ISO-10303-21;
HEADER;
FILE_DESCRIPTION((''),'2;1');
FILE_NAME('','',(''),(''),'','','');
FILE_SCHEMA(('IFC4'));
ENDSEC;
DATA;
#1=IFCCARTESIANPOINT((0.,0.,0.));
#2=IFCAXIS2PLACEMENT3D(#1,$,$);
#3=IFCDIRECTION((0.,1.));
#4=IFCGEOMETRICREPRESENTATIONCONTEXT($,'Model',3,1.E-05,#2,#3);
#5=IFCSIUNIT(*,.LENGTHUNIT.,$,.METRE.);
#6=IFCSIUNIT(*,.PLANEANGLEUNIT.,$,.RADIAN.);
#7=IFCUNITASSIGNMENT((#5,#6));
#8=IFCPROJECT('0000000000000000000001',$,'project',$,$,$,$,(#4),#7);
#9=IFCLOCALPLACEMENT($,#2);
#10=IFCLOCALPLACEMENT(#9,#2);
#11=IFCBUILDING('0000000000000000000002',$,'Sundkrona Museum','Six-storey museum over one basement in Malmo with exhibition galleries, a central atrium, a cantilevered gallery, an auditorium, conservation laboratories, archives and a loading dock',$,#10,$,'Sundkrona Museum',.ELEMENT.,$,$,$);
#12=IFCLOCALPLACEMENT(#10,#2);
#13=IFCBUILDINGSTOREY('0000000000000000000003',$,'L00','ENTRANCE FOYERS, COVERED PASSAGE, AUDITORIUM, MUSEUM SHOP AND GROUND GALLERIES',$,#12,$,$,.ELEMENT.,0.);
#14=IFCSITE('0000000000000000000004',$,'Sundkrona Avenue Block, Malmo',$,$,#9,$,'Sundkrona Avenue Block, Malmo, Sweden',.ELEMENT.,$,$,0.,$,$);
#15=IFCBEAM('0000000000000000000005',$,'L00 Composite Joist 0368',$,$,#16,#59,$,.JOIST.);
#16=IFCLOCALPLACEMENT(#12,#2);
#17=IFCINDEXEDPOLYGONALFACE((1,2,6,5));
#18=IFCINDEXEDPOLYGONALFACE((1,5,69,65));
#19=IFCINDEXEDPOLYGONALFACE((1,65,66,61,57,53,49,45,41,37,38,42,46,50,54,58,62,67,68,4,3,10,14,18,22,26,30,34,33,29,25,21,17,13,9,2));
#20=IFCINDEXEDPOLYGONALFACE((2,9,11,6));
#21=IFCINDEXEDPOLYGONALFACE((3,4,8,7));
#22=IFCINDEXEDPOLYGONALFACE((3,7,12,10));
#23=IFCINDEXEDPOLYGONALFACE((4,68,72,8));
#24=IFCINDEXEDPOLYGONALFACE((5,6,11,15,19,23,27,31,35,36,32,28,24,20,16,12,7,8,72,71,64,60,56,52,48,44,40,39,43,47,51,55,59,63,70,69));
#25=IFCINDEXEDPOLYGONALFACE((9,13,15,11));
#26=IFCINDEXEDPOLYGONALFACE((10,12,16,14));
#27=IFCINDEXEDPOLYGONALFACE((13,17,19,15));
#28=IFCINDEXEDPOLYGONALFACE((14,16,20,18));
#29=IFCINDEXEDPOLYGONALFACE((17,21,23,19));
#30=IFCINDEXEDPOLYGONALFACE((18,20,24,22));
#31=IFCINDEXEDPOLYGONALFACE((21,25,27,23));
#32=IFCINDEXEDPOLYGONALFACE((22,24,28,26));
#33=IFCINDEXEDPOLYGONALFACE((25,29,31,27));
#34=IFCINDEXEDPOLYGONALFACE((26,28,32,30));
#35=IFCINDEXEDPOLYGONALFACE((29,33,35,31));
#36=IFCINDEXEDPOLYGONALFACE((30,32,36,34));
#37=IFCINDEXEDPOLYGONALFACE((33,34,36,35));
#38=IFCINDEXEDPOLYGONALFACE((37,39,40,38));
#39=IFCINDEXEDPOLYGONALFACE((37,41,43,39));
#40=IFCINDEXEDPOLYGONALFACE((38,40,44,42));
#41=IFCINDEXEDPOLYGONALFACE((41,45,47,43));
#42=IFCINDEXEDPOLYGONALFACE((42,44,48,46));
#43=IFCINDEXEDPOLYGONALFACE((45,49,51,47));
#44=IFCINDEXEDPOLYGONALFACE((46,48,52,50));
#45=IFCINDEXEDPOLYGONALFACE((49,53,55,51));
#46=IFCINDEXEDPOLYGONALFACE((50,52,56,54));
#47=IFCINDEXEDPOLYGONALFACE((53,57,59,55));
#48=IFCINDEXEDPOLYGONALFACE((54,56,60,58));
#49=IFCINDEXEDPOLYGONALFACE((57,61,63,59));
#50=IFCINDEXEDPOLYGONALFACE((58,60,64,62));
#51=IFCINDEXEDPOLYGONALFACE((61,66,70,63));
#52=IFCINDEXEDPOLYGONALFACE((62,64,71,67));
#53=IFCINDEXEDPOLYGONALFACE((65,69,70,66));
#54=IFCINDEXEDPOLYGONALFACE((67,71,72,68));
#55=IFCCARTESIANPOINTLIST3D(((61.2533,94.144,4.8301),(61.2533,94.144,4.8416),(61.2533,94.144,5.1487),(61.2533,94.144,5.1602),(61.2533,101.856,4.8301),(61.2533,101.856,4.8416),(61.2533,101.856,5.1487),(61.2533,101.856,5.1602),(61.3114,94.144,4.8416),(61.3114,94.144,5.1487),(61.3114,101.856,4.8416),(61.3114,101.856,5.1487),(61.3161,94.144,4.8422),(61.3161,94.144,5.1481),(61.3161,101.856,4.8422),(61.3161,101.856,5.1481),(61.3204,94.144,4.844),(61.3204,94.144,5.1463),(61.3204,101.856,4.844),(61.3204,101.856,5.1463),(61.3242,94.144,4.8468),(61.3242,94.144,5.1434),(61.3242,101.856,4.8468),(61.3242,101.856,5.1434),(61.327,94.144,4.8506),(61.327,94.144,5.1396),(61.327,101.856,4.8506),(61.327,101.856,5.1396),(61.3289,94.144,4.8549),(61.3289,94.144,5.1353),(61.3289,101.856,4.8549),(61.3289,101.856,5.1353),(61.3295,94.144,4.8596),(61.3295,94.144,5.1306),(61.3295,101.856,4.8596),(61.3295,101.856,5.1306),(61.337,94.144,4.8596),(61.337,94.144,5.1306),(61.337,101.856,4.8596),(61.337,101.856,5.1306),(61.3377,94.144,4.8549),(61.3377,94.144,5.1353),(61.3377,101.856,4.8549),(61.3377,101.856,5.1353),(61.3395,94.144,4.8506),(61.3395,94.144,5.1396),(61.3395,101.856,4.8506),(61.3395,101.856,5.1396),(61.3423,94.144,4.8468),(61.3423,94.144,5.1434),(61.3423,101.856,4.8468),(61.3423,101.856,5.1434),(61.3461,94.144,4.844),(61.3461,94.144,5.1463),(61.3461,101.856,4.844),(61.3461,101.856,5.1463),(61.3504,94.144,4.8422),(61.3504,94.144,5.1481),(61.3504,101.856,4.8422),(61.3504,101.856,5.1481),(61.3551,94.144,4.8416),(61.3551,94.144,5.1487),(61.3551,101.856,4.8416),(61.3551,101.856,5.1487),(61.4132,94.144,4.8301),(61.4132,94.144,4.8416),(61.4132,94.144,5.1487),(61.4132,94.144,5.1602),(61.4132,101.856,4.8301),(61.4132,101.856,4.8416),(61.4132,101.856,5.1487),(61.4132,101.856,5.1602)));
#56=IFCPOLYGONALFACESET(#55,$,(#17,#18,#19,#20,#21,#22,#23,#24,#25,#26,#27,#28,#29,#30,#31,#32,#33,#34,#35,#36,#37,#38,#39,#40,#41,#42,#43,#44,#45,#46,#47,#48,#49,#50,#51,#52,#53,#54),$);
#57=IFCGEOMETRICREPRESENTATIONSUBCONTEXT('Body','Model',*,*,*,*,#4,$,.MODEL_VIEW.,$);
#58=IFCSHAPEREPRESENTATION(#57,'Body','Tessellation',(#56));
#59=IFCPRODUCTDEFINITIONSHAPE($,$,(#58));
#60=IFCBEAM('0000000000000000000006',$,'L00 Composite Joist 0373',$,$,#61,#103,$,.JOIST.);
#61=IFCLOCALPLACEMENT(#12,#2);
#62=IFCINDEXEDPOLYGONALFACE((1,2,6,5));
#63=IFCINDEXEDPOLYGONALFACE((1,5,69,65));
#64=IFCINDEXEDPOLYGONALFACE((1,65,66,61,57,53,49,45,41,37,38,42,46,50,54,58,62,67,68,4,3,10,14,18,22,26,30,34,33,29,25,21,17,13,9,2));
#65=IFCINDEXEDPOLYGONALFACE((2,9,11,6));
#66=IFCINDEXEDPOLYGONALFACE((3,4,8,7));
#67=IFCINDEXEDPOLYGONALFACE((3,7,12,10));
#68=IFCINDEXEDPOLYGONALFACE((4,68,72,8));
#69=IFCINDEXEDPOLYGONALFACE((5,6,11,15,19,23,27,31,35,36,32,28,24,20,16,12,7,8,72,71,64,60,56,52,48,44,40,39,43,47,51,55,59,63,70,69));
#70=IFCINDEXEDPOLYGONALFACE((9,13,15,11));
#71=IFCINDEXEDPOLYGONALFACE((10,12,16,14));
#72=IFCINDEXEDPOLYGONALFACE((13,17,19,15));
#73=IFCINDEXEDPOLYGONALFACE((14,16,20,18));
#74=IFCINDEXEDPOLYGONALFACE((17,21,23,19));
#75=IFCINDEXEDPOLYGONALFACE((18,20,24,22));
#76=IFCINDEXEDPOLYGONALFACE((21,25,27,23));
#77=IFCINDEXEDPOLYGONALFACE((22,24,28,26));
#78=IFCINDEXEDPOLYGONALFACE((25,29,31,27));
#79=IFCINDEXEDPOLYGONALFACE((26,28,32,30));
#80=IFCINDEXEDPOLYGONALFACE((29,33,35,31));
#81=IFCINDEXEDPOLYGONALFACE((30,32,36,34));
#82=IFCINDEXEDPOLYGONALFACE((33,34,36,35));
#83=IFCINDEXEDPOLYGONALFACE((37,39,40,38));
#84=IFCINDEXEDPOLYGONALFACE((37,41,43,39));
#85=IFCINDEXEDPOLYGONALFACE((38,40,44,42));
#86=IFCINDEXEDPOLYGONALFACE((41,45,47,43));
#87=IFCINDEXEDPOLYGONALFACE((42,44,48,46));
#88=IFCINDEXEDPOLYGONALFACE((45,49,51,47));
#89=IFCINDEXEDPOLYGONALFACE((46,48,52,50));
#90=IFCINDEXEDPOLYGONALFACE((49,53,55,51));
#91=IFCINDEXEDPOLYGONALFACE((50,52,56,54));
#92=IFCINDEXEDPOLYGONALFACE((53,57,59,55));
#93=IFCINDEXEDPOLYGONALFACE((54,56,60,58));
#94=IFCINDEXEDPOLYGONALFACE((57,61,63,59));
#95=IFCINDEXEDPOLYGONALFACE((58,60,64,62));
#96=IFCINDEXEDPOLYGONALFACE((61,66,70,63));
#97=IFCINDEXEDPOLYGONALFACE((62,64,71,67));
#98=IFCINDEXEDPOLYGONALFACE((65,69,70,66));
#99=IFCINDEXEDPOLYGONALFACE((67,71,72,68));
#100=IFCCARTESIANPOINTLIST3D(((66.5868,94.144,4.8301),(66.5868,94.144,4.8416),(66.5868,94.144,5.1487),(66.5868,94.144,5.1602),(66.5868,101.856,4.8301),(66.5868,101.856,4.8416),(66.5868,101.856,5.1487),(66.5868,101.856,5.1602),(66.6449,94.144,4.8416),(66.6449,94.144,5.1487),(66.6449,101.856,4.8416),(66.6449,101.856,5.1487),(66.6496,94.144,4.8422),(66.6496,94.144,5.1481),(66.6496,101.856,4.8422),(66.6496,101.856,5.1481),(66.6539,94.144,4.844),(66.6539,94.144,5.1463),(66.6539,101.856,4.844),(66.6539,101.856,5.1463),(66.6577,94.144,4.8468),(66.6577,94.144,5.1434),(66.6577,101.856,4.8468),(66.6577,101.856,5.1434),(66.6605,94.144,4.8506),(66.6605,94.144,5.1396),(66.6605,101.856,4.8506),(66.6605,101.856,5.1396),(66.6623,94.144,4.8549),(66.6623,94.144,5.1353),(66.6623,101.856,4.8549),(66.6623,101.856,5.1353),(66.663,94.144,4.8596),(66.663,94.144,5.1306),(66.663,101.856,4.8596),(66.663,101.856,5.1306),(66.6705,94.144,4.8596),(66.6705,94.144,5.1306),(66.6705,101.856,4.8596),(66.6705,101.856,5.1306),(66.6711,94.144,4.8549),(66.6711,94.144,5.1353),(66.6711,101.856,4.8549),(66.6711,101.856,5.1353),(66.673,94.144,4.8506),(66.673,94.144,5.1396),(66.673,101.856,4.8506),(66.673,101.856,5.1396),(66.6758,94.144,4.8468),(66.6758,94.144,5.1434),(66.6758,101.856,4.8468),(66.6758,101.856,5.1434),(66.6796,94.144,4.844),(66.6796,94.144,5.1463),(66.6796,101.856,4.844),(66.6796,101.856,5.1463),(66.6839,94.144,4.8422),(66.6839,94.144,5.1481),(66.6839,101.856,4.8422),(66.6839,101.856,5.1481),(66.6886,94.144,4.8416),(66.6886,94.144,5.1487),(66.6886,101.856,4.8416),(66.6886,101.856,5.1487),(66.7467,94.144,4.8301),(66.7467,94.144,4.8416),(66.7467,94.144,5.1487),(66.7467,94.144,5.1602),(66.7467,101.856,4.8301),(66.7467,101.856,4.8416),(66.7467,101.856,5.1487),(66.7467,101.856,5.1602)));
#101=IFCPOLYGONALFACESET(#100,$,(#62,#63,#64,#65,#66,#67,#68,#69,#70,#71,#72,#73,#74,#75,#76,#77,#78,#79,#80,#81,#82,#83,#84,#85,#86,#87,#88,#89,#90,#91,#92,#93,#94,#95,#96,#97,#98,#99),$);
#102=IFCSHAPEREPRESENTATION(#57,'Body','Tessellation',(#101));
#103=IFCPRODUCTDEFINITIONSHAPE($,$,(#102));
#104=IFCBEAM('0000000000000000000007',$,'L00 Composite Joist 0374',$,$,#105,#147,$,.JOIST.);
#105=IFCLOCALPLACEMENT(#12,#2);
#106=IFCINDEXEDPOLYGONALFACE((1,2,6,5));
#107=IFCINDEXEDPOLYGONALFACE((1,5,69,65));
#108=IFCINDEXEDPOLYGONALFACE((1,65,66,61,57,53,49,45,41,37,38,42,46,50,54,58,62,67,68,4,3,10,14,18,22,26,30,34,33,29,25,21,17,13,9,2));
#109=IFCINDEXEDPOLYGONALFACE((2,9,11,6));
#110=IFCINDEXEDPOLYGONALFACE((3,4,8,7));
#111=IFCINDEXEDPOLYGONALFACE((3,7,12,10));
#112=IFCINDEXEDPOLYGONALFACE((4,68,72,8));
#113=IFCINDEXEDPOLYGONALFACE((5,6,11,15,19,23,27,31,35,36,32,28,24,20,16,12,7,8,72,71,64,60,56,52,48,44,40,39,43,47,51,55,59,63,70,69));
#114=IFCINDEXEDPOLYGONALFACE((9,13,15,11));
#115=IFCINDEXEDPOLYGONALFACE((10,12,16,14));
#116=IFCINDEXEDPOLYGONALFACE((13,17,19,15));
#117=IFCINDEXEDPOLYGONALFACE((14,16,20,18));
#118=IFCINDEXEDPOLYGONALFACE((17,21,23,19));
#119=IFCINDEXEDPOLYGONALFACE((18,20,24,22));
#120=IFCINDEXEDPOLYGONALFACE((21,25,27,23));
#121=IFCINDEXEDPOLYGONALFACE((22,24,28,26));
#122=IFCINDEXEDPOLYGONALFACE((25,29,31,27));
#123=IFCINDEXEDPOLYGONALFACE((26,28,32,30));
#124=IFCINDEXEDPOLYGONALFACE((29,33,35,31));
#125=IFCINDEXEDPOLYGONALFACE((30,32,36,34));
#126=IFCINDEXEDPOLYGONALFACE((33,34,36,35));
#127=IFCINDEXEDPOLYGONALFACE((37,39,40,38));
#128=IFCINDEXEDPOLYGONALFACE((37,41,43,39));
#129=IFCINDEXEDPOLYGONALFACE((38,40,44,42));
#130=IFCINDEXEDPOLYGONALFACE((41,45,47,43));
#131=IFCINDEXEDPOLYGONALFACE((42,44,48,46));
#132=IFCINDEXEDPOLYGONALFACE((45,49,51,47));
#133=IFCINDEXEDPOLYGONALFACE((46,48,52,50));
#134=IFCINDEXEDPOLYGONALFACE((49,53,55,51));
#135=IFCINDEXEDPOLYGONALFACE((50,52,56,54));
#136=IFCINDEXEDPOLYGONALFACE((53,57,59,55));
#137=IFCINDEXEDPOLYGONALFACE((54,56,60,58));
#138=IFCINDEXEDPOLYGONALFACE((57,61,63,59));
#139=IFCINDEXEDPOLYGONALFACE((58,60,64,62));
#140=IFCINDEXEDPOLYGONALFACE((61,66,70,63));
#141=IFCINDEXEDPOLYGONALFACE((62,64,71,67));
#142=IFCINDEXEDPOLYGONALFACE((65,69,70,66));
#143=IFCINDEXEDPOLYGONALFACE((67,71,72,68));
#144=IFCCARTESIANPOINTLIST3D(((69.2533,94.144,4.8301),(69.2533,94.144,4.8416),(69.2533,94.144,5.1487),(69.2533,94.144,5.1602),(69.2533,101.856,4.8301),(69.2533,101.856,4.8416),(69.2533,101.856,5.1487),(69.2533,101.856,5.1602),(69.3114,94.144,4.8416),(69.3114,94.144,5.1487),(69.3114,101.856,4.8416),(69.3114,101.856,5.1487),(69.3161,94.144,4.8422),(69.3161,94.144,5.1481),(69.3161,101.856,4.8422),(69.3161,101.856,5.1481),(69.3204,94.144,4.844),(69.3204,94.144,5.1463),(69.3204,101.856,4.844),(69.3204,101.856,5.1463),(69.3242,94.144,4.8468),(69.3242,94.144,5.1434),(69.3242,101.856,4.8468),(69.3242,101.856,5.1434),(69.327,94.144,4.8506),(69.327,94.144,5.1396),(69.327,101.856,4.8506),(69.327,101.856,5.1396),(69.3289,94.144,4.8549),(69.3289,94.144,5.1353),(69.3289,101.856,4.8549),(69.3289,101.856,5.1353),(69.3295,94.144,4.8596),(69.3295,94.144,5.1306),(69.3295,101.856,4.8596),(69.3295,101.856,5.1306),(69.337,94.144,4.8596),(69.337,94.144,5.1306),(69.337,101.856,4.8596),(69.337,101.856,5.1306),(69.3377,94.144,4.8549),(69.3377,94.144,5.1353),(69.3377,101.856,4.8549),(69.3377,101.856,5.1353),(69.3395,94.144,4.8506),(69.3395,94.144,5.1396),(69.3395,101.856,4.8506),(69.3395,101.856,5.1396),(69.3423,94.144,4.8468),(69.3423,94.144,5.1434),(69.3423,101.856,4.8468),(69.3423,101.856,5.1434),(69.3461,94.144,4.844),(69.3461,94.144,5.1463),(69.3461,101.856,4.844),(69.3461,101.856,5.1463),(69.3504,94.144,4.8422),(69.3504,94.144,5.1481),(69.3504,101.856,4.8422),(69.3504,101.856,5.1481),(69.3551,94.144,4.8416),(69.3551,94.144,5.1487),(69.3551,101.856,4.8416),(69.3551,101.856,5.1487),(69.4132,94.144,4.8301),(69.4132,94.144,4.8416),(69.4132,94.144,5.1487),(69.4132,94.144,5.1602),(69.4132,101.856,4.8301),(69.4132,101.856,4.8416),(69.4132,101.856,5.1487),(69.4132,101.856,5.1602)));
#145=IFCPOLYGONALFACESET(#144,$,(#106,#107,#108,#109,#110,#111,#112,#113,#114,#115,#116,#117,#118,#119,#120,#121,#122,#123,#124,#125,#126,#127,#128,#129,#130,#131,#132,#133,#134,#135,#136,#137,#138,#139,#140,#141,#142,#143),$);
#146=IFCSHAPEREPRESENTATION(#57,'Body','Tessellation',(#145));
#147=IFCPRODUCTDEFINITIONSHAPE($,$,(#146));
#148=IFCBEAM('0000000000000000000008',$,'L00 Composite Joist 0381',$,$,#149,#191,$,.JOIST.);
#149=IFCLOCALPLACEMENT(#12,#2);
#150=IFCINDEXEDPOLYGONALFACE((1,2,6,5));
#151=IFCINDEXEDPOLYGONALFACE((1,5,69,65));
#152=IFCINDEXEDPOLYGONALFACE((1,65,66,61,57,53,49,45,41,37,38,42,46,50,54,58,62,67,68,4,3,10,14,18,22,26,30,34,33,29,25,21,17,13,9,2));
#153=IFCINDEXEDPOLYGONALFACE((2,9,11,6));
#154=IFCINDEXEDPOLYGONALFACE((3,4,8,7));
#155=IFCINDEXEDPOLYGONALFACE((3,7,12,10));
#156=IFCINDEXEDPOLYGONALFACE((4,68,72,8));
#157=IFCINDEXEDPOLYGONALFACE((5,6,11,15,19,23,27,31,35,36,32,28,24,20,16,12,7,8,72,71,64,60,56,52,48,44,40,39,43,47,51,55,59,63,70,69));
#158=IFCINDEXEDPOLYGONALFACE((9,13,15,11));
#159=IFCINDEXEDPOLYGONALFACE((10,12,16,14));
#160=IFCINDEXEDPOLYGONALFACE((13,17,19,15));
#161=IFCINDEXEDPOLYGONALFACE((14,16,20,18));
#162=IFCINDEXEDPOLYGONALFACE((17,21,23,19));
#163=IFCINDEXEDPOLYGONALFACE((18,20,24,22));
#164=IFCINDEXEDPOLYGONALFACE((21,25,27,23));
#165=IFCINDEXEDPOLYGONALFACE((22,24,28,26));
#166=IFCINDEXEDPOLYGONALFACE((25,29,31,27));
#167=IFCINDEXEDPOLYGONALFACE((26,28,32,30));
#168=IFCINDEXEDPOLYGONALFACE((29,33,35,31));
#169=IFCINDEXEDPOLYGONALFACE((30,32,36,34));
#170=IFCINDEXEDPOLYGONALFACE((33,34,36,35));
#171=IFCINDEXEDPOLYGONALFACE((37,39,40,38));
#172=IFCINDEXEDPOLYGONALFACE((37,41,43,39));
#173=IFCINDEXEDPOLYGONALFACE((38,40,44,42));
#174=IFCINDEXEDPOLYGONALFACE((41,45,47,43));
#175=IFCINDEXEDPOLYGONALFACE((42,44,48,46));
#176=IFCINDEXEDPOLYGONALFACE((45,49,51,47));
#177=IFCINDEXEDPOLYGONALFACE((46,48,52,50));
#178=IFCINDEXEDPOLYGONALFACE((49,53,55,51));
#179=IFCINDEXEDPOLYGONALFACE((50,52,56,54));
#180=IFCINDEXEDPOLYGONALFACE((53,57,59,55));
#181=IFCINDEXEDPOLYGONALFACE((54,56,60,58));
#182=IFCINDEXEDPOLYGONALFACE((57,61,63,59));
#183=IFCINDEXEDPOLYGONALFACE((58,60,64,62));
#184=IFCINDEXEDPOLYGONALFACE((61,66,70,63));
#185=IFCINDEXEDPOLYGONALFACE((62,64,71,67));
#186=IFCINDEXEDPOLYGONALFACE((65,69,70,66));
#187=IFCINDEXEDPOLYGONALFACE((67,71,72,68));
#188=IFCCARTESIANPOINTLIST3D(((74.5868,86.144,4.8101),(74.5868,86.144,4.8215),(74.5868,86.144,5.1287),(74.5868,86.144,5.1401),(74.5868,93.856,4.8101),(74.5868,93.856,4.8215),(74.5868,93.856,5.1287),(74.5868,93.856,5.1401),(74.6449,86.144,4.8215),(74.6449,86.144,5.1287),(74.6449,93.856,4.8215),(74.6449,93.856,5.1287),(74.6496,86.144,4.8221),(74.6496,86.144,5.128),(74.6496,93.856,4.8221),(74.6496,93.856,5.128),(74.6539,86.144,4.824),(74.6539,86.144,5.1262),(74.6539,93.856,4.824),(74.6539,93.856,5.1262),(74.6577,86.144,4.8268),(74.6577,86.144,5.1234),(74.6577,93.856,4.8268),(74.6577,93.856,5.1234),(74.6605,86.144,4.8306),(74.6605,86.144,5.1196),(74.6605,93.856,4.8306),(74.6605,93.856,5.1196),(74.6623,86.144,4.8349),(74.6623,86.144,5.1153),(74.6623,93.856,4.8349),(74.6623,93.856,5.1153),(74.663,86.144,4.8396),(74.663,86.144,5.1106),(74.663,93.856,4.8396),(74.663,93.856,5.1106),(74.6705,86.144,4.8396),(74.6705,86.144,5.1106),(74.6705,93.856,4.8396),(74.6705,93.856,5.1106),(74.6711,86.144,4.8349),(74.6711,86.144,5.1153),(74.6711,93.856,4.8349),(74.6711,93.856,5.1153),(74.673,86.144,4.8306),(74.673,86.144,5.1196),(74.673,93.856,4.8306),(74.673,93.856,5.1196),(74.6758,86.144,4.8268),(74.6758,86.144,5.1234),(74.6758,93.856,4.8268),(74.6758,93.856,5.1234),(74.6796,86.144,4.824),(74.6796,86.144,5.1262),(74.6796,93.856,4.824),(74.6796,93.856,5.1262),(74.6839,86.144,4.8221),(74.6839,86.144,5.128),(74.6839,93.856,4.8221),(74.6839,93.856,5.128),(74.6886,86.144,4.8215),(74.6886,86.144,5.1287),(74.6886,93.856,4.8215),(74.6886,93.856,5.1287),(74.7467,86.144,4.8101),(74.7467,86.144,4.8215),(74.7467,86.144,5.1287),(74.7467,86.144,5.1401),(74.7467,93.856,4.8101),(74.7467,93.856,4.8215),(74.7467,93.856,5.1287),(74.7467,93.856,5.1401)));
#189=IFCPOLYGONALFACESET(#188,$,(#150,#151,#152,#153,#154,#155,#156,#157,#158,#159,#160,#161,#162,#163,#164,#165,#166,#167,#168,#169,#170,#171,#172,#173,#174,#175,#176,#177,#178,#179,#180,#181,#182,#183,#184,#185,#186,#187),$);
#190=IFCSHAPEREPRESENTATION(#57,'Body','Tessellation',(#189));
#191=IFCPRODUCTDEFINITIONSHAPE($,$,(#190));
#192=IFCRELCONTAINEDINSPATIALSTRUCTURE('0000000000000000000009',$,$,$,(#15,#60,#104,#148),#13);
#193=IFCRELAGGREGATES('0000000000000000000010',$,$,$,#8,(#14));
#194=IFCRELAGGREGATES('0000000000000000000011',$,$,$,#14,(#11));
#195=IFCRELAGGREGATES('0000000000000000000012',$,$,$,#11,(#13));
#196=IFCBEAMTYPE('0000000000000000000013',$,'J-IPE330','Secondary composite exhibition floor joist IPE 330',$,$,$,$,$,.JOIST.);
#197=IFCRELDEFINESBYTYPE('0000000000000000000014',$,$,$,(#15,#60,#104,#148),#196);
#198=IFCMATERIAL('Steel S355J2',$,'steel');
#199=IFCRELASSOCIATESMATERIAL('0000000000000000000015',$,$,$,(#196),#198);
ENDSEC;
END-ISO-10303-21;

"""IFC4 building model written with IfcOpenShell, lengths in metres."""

from ifc_helpers import new_model, si_unit, direction, frame, origin, origin_2d, place, context, subcontext, project, spatial, i_section, extrude, material, material_profile, profile_set, type_object, element, save


model = new_model("IFC4")

# Units and contexts
model_context = context("Model", 3, precision=1e-05, world=origin(), true_north=direction((0.0, 1.0)))
body_context = subcontext(model_context, "Body", "Model", "MODEL_VIEW")
ifc_project = project(units=[si_unit("LENGTHUNIT", "METRE"), si_unit("PLANEANGLEUNIT", "RADIAN")], contexts=[model_context])

# Site, building, storey
site_placement = place(None, origin())
site = spatial("IfcSite", under=ifc_project, at=site_placement, Name="Sundkrona Avenue Block, Malmo", LongName="Sundkrona Avenue Block, Malmo, Sweden", CompositionType="ELEMENT", RefElevation=0.0)
building_placement = place(site_placement, origin())
building = spatial("IfcBuilding", under=site, at=building_placement, Name="Sundkrona Museum", Description="Six-storey museum over one basement in Malmo with exhibition galleries, a central atrium, a cantilevered gallery, an auditorium, conservation laboratories, archives and a loading dock", LongName="Sundkrona Museum", CompositionType="ELEMENT")
storey_placement = place(building_placement, origin())
storey = spatial("IfcBuildingStorey", under=building, at=storey_placement, Name="L00", Description="ENTRANCE FOYERS, COVERED PASSAGE, AUDITORIUM, MUSEUM SHOP AND GROUND GALLERIES", CompositionType="ELEMENT", Elevation=0.0)

# Shared definitions
ifc_material_1 = material(Name="Steel S355J2", Category="steel")

# Beams
ifc_material_profile_1 = material_profile(ifc_material_1, i_section(OverallWidth=0.1599, OverallDepth=0.3301, WebThickness=0.0076, FlangeThickness=0.0115, FilletRadius=0.0181, at=origin_2d()), Name="IPE 330")
ifc_profile_set_1 = profile_set([ifc_material_profile_1], Name="Steel S355J2")
beam_type_1 = type_object("IfcBeamType", Name="J-IPE330", Description="Secondary composite exhibition floor joist IPE 330", PredefinedType="JOIST", material=ifc_profile_set_1)
for number, where, z_axis, x_axis, name in (
    (1, (61.3333, 94.144, 4.9951), (0.0, 1.0, 0.0), (-1.0, 0.0, 0.0), "L00 Composite Joist 0368"),
    (2, (66.6667, 94.144, 4.9951), (0.0, 1.0, 0.0), (-1.0, 0.0, 0.0), "L00 Composite Joist 0373"),
    (3, (69.3333, 94.144, 4.9951), (0.0, 1.0, 0.0), (-1.0, 0.0, 0.0), "L00 Composite Joist 0374"),
    (4, (74.6667, 86.144, 4.9751), (0.0, 1.0, 0.0), (-1.0, 0.0, 0.0), "L00 Composite Joist 0381"),
):
    element("IfcBeam", number, at=place(storey_placement, frame(where, z_axis=z_axis, x_axis=x_axis)), inside=storey, type_object=beam_type_1, Name=name, PredefinedType="JOIST", context=body_context, shape_type="SweptSolid", body=[
        extrude(i_section(OverallWidth=0.1599, OverallDepth=0.3301, WebThickness=0.0076, FlangeThickness=0.0115, FilletRadius=0.0181, at=origin_2d()), origin(), (0.0, 0.0, 1.0), 7.7119),
    ])

save(model, "model.ifc")
